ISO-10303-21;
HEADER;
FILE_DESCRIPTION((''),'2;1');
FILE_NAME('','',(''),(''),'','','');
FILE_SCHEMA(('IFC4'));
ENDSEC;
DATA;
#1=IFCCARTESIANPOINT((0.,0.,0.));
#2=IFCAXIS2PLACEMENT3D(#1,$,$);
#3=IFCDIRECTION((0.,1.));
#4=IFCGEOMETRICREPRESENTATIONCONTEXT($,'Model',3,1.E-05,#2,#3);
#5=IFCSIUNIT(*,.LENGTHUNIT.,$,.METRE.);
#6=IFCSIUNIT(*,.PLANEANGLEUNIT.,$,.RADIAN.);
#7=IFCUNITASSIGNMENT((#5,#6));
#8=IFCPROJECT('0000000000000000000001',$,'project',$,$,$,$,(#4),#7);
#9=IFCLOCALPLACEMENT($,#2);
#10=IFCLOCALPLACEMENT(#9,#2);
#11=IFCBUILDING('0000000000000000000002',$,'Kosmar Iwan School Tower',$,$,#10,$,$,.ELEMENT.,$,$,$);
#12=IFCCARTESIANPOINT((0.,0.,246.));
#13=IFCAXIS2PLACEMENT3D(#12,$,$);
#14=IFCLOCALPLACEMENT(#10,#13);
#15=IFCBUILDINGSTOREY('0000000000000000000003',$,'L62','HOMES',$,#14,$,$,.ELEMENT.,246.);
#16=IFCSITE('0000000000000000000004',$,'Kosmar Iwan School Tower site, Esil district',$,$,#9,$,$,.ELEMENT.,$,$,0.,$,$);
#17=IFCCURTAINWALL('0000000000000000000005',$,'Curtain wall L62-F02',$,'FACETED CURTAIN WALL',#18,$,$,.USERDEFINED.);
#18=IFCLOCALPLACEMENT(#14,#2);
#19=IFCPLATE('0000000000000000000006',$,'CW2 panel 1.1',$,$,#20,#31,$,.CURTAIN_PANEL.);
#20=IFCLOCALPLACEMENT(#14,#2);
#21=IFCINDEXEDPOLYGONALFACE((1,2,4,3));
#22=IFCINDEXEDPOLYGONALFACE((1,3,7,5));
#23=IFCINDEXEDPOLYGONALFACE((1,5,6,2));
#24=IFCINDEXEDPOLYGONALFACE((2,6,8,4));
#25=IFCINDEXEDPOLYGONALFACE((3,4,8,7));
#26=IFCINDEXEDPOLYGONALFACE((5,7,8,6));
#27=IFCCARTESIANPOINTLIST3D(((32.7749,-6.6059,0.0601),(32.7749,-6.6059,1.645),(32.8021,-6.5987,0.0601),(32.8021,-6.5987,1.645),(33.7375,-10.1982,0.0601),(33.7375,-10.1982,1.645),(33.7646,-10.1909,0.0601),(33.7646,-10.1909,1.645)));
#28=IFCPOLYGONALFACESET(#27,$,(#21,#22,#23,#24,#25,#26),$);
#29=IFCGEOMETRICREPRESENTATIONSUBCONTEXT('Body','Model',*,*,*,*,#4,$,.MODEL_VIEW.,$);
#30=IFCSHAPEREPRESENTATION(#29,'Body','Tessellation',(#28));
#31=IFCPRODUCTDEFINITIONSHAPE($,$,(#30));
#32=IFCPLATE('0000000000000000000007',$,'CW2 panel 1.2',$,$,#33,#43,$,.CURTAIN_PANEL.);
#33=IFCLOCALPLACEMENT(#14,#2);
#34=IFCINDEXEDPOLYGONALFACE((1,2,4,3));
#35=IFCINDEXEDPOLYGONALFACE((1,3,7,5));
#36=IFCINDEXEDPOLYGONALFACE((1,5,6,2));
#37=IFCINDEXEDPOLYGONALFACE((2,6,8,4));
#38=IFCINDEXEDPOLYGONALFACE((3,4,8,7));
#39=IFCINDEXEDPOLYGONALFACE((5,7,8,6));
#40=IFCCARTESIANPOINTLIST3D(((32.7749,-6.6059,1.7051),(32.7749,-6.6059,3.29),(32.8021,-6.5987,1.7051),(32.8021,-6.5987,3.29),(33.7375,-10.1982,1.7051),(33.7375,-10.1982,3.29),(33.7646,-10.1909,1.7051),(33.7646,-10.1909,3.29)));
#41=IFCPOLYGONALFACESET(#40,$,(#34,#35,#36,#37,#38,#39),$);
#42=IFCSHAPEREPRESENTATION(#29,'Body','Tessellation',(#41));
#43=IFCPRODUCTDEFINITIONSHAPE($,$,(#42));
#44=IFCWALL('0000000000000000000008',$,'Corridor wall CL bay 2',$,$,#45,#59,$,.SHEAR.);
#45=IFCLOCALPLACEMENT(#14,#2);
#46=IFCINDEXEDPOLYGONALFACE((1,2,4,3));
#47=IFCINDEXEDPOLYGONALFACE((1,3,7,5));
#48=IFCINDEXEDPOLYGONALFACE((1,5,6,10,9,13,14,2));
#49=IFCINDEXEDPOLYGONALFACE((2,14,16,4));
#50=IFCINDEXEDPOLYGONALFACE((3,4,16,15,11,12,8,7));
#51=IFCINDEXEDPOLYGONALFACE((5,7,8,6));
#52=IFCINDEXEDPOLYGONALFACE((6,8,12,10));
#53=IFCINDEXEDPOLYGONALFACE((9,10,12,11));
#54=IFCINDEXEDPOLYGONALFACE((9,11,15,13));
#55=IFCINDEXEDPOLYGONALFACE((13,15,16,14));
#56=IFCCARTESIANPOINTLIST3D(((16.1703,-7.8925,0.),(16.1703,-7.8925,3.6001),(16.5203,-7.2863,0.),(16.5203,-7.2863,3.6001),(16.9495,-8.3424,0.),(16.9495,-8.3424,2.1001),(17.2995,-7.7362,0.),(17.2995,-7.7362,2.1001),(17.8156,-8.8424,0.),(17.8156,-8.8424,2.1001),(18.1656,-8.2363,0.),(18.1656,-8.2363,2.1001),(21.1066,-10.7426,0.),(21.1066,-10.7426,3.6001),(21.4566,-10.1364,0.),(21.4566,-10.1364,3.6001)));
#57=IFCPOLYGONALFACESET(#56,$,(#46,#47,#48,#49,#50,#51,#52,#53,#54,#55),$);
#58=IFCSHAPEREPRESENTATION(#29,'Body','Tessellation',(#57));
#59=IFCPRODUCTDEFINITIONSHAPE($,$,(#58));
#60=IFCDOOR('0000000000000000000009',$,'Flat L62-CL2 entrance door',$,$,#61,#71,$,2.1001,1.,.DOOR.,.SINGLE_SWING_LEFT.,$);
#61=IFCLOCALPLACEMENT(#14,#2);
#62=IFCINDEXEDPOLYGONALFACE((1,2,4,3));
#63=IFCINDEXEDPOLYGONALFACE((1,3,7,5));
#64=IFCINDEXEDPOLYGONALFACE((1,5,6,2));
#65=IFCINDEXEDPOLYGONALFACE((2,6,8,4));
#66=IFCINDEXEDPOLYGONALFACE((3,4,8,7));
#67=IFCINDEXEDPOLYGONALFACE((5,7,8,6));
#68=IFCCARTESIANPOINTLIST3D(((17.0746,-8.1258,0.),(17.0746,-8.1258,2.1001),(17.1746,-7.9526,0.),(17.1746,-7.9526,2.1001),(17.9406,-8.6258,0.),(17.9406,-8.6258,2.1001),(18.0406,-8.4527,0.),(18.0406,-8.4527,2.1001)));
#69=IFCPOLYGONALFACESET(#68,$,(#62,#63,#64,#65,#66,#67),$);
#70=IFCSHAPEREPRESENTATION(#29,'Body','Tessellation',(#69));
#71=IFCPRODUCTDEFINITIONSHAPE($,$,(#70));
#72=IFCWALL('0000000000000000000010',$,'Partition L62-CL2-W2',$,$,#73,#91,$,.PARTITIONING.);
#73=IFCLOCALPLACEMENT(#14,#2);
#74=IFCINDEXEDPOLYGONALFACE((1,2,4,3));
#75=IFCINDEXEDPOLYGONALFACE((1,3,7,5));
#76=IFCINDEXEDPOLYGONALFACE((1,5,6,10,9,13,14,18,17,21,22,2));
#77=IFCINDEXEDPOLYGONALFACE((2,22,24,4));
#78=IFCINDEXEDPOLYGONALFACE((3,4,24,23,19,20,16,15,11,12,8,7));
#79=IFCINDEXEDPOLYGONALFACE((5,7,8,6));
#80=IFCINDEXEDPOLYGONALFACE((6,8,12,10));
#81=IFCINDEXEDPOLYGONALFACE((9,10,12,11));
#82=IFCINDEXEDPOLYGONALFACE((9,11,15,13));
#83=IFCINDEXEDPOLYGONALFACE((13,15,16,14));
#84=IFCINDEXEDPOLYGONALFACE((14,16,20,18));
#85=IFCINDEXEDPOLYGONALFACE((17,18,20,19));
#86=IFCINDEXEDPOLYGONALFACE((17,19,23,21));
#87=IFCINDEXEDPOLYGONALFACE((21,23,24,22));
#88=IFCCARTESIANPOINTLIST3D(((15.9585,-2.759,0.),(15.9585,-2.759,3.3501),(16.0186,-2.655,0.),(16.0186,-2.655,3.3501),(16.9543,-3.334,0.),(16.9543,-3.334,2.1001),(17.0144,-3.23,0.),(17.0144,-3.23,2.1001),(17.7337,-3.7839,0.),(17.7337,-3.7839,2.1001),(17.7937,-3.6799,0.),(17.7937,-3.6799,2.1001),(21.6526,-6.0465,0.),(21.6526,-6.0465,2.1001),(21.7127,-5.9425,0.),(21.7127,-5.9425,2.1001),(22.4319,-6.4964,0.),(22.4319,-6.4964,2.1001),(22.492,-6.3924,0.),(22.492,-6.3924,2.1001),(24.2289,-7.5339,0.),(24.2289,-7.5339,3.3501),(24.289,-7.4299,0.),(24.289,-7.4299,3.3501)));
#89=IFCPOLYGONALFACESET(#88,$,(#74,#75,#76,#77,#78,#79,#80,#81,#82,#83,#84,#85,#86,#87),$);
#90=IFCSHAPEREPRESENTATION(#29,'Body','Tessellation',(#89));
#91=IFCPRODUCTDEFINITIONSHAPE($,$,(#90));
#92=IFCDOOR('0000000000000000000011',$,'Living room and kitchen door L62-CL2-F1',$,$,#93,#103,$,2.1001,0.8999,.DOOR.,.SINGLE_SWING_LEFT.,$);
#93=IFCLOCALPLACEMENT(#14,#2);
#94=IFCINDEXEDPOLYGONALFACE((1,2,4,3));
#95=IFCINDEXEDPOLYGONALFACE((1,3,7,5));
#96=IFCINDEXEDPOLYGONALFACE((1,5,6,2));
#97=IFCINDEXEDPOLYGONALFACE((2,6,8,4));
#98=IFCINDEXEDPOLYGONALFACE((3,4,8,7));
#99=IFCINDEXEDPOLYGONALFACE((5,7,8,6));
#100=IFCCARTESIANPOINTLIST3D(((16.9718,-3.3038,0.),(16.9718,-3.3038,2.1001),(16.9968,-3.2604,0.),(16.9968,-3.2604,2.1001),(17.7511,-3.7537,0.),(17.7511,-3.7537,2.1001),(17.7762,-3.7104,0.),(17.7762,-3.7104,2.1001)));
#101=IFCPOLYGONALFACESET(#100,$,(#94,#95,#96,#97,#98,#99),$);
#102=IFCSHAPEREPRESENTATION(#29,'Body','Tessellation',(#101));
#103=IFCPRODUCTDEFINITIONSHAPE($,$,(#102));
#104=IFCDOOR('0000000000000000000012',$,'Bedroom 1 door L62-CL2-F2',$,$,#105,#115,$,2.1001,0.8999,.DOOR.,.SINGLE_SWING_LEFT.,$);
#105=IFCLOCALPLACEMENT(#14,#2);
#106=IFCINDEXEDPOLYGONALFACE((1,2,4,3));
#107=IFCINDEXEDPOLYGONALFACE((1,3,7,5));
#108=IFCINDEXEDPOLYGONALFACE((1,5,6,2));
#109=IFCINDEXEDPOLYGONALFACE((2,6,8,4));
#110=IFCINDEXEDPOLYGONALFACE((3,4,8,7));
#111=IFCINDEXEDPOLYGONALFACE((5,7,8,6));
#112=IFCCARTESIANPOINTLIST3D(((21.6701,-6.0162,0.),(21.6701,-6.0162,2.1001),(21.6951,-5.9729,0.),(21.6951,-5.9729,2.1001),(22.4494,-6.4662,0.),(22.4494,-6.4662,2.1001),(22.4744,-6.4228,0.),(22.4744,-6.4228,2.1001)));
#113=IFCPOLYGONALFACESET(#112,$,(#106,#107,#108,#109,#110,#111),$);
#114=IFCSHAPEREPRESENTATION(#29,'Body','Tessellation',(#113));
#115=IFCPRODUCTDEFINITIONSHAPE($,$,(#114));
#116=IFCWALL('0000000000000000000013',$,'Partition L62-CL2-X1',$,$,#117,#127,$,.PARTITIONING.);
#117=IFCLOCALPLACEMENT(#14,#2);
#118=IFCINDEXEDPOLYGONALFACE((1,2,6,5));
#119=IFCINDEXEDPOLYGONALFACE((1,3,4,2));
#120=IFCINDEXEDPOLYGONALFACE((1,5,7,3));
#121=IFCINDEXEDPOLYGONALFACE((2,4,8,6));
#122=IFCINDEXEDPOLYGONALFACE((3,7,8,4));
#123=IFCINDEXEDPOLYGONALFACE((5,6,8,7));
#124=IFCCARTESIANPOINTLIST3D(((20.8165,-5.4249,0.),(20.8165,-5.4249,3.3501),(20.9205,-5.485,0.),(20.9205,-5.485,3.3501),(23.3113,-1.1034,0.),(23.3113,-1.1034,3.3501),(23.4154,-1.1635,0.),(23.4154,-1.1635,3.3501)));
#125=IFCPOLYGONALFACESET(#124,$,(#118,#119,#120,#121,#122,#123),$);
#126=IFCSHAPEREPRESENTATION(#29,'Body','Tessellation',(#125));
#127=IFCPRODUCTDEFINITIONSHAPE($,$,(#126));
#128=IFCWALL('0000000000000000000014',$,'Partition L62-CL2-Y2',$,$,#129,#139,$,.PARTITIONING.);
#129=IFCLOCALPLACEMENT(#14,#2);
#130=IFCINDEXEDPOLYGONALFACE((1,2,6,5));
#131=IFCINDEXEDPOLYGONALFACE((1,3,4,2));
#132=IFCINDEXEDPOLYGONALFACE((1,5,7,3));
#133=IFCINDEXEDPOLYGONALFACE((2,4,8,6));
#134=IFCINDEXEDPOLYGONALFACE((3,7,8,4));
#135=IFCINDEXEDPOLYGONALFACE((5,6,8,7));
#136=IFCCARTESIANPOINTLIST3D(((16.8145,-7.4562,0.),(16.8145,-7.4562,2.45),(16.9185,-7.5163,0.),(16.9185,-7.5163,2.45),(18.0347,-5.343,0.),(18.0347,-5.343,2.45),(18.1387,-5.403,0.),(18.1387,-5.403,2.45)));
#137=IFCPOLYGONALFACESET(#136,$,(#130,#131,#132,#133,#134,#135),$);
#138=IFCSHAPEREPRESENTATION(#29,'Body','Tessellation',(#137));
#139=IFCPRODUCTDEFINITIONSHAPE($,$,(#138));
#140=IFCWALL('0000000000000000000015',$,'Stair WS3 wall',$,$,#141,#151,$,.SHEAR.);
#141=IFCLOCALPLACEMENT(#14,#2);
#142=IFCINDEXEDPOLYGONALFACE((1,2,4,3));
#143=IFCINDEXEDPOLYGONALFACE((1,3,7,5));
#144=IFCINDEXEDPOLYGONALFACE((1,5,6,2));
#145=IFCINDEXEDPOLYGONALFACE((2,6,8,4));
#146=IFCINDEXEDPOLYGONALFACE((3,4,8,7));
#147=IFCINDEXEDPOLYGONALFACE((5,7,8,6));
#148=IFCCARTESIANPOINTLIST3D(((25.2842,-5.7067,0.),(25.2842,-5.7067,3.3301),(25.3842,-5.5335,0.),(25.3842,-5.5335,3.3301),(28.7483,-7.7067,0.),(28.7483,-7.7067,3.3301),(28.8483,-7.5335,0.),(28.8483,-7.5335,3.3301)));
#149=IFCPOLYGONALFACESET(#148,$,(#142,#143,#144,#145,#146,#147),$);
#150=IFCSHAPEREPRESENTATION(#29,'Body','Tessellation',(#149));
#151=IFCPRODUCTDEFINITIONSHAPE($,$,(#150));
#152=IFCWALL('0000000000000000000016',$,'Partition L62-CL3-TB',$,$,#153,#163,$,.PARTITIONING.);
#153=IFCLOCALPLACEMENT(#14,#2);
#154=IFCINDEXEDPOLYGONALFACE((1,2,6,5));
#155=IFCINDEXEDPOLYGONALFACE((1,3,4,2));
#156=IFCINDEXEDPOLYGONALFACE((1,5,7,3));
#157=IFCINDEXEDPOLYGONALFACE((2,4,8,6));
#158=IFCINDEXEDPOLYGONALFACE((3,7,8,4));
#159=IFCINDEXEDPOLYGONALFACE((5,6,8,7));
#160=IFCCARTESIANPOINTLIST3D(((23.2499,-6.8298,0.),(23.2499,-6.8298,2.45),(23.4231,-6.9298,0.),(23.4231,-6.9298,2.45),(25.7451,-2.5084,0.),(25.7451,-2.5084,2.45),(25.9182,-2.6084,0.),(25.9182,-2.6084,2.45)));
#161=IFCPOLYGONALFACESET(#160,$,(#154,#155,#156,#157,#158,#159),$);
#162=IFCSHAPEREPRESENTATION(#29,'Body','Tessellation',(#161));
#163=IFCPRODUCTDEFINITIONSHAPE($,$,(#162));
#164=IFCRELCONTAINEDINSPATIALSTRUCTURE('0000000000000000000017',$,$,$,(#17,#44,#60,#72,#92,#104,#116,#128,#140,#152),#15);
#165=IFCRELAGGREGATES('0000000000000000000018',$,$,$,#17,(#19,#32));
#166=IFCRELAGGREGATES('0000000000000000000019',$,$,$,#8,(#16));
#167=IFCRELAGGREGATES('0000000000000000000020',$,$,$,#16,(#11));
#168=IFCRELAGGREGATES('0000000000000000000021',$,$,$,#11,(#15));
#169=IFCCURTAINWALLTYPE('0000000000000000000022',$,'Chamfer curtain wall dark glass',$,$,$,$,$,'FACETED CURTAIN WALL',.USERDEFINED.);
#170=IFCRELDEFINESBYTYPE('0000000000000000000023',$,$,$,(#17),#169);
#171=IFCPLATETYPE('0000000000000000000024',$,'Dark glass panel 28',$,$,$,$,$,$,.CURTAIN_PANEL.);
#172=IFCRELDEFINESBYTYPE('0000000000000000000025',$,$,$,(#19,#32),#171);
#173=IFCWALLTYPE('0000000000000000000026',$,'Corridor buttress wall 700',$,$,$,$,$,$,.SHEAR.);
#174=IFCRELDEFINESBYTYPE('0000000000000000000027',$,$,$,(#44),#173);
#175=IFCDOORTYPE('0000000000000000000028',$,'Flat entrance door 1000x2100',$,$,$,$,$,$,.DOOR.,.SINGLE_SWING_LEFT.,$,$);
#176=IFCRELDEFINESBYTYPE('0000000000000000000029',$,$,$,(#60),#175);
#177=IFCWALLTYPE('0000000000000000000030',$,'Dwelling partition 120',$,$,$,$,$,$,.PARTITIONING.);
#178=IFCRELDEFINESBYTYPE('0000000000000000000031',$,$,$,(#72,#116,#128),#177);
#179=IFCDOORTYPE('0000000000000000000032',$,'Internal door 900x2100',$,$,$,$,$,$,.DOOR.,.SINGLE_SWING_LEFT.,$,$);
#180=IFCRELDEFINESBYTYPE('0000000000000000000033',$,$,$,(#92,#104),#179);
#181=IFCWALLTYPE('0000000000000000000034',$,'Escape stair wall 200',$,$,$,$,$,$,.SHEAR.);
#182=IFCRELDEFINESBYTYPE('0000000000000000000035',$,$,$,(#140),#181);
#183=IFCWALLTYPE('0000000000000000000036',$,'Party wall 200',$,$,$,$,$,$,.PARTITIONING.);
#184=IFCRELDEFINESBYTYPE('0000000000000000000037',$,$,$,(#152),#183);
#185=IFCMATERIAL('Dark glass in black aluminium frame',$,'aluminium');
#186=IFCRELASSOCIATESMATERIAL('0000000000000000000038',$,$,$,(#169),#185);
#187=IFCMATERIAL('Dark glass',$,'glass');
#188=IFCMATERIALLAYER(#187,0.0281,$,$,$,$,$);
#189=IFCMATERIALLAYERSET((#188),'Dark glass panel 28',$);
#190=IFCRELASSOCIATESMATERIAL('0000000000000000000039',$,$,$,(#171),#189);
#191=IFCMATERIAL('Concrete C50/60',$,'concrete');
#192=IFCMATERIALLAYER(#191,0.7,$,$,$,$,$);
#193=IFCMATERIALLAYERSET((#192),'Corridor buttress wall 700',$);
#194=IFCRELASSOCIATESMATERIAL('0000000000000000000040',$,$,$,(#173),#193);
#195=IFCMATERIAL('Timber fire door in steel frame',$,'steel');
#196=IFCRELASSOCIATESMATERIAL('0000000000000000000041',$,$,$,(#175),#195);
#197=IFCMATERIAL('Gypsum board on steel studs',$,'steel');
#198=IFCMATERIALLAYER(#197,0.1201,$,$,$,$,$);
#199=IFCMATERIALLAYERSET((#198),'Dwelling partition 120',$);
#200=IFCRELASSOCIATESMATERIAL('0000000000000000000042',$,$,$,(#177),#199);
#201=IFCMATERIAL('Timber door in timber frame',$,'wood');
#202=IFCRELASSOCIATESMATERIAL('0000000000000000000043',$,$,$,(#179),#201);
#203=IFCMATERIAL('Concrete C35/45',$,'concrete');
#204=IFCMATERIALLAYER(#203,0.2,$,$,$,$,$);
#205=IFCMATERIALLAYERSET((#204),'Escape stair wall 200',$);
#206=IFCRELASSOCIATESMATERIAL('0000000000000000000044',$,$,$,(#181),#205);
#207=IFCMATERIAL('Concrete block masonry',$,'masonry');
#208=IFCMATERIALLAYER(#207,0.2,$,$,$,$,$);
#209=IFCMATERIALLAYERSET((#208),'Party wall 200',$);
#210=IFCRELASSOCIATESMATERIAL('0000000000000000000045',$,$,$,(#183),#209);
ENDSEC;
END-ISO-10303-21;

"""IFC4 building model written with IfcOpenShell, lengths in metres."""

from ifc_helpers import new_model, si_unit, direction, frame, frame_2d, origin, origin_2d, place, context, subcontext, project, spatial, rectangle, extrude, material, layer, layer_set, type_object, element, fill, aggregate, save


model = new_model("IFC4")

# Units and contexts
model_context = context("Model", 3, precision=1e-05, world=origin(), true_north=direction((0.0, 1.0)))
body_context = subcontext(model_context, "Body", "Model", "MODEL_VIEW")
ifc_project = project(units=[si_unit("LENGTHUNIT", "METRE"), si_unit("PLANEANGLEUNIT", "RADIAN")], contexts=[model_context])

# Site, building, storey
site_placement = place(None, origin())
site = spatial("IfcSite", under=ifc_project, at=site_placement, Name="Kosmar Iwan School Tower site, Esil district", CompositionType="ELEMENT", RefElevation=0.0)
building_placement = place(site_placement, origin())
building = spatial("IfcBuilding", under=site, at=building_placement, Name="Kosmar Iwan School Tower", CompositionType="ELEMENT")
storey_placement = place(building_placement, frame((0.0, 0.0, 246.0)))
storey = spatial("IfcBuildingStorey", under=building, at=storey_placement, Name="L62", Description="HOMES", CompositionType="ELEMENT", Elevation=246.0)

# Curtain wall
ifc_material_1 = material(Name="Dark glass in black aluminium frame", Category="aluminium")
curtain_wall_type = type_object("IfcCurtainWallType", Name="Chamfer curtain wall dark glass", ElementType="FACETED CURTAIN WALL", PredefinedType="USERDEFINED", material=ifc_material_1)
curtain_wall_placement = place(storey_placement, origin())
curtain_wall = element("IfcCurtainWall", 1, at=curtain_wall_placement, inside=storey, type_object=curtain_wall_type, Name="Curtain wall L62-F02", ObjectType="FACETED CURTAIN WALL", PredefinedType="USERDEFINED")

# Plates
ifc_material_2 = material(Name="Dark glass", Category="glass")
ifc_layer_1 = layer(ifc_material_2, 0.0281)
ifc_layer_set_1 = layer_set([ifc_layer_1], Name="Dark glass panel 28")
plate_type = type_object("IfcPlateType", Name="Dark glass panel 28", PredefinedType="CURTAIN_PANEL", material=ifc_layer_set_1)
plate_1_placement = place(storey_placement, frame((33.2698, -8.3984, 0.0601), z_axis=(0.0, 0.0, 1.0), x_axis=(-0.258819, 0.965926, 0.0)))
plate_1 = element("IfcPlate", 2, at=plate_1_placement, type_object=plate_type, Name="CW2 panel 1.1", PredefinedType="CURTAIN_PANEL", context=body_context, shape_type="SweptSolid", body=[
    extrude(rectangle(XDim=3.719, YDim=0.0281, at=origin_2d()), origin(), (0.0, 0.0, 1.0), 1.585),
])
plate_2_placement = place(storey_placement, frame((33.2698, -8.3984, 1.7051), z_axis=(0.0, 0.0, 1.0), x_axis=(-0.258819, 0.965926, 0.0)))
plate_2 = element("IfcPlate", 3, at=plate_2_placement, type_object=plate_type, Name="CW2 panel 1.2", PredefinedType="CURTAIN_PANEL", context=body_context, shape_type="SweptSolid", body=[
    extrude(rectangle(XDim=3.719, YDim=0.0281, at=origin_2d()), origin(), (0.0, 0.0, 1.0), 1.585),
])
aggregate(curtain_wall, [plate_1, plate_2])

# Wall, opening, door
ifc_material_3 = material(Name="Concrete C50/60", Category="concrete")
ifc_layer_2 = layer(ifc_material_3, 0.7)
ifc_layer_set_2 = layer_set([ifc_layer_2], Name="Corridor buttress wall 700")
wall_type_1 = type_object("IfcWallType", Name="Corridor buttress wall 700", PredefinedType="SHEAR", material=ifc_layer_set_2)
wall_1_placement = place(storey_placement, frame((16.3452, -7.5894, 0.0), z_axis=(0.0, 0.0, 1.0), x_axis=(0.866015, -0.500018, 0.0)))
wall_1 = element("IfcWall", 4, at=wall_1_placement, inside=storey, type_object=wall_type_1, Name="Corridor wall CL bay 2", PredefinedType="SHEAR", context=body_context, shape_type="SweptSolid", body=[
    extrude(rectangle(XDim=5.7, YDim=0.7, at=frame_2d((2.8501, 0.0))), origin(), (0.0, 0.0, 1.0), 3.6001),
])
opening_1_placement = place(wall_1_placement, frame((0.8999, 0.0, 0.0)))
opening_1 = element("IfcOpeningElement", 5, at=opening_1_placement, cuts=wall_1, PredefinedType="OPENING", context=body_context, shape_type="SweptSolid", body=[
    extrude(rectangle(XDim=1.0, YDim=2.1001, at=frame_2d((0.5, 1.05))), frame((0.0, 0.3621, 0.0), z_axis=(0.0, -1.0, 0.0), x_axis=(1.0, 0.0, 0.0)), (0.0, 0.0, 1.0), 0.7239),
])
ifc_material_4 = material(Name="Timber fire door in steel frame", Category="steel")
door_type_1 = type_object("IfcDoorType", Name="Flat entrance door 1000x2100", OperationType="SINGLE_SWING_LEFT", PredefinedType="DOOR", material=ifc_material_4)
door_1_placement = place(opening_1_placement, origin())
door_1 = element("IfcDoor", 6, at=door_1_placement, inside=storey, type_object=door_type_1, Name="Flat L62-CL2 entrance door", OperationType="SINGLE_SWING_LEFT", OverallHeight=2.1001, OverallWidth=1.0, PredefinedType="DOOR", context=body_context, shape_type="SweptSolid", body=[
    extrude(rectangle(XDim=1.0, YDim=2.1001, at=frame_2d((0.5, 1.05))), frame((0.0, 0.1001, 0.0), z_axis=(0.0, -1.0, 0.0), x_axis=(1.0, 0.0, 0.0)), (0.0, 0.0, 1.0), 0.2),
])
fill(opening_1, door_1)

# Wall, openings, doors
ifc_material_5 = material(Name="Gypsum board on steel studs", Category="steel")
ifc_layer_3 = layer(ifc_material_5, 0.1201)
ifc_layer_set_3 = layer_set([ifc_layer_3], Name="Dwelling partition 120")
wall_type_2 = type_object("IfcWallType", Name="Dwelling partition 120", PredefinedType="PARTITIONING", material=ifc_layer_set_3)
wall_2_placement = place(storey_placement, frame((15.9885, -2.707, 0.0), z_axis=(0.0, 0.0, 1.0), x_axis=(0.866029, -0.499994, 0.0)))
wall_2 = element("IfcWall", 7, at=wall_2_placement, inside=storey, type_object=wall_type_2, Name="Partition L62-CL2-W2", PredefinedType="PARTITIONING", context=body_context, shape_type="SweptSolid", body=[
    extrude(rectangle(XDim=9.5498, YDim=0.1201, at=frame_2d((4.7749, 0.0))), origin(), (0.0, 0.0, 1.0), 3.3501),
])
opening_2_placement = place(wall_2_placement, frame((1.1499, 0.0, 0.0)))
opening_2 = element("IfcOpeningElement", 8, at=opening_2_placement, cuts=wall_2, PredefinedType="OPENING", context=body_context, shape_type="SweptSolid", body=[
    extrude(rectangle(XDim=0.8999, YDim=2.1001, at=frame_2d((0.45, 1.05))), frame((0.0, 0.072, 0.0), z_axis=(0.0, -1.0, 0.0), x_axis=(1.0, 0.0, 0.0)), (0.0, 0.0, 1.0), 0.144),
])
opening_3_placement = place(wall_2_placement, frame((6.575, 0.0, 0.0)))
opening_3 = element("IfcOpeningElement", 9, at=opening_3_placement, cuts=wall_2, PredefinedType="OPENING", context=body_context, shape_type="SweptSolid", body=[
    extrude(rectangle(XDim=0.8999, YDim=2.1001, at=frame_2d((0.45, 1.05))), frame((0.0, 0.072, 0.0), z_axis=(0.0, -1.0, 0.0), x_axis=(1.0, 0.0, 0.0)), (0.0, 0.0, 1.0), 0.144),
])
ifc_material_6 = material(Name="Timber door in timber frame", Category="wood")
door_type_2 = type_object("IfcDoorType", Name="Internal door 900x2100", OperationType="SINGLE_SWING_LEFT", PredefinedType="DOOR", material=ifc_material_6)
door_2_placement = place(opening_2_placement, origin())
door_2 = element("IfcDoor", 10, at=door_2_placement, inside=storey, type_object=door_type_2, Name="Living room and kitchen door L62-CL2-F1", OperationType="SINGLE_SWING_LEFT", OverallHeight=2.1001, OverallWidth=0.8999, PredefinedType="DOOR", context=body_context, shape_type="SweptSolid", body=[
    extrude(rectangle(XDim=0.8999, YDim=2.1001, at=frame_2d((0.45, 1.05))), frame((0.0, 0.0249, 0.0), z_axis=(0.0, -1.0, 0.0), x_axis=(1.0, 0.0, 0.0)), (0.0, 0.0, 1.0), 0.05),
])
fill(opening_2, door_2)
door_3_placement = place(opening_3_placement, origin())
door_3 = element("IfcDoor", 11, at=door_3_placement, inside=storey, type_object=door_type_2, Name="Bedroom 1 door L62-CL2-F2", OperationType="SINGLE_SWING_LEFT", OverallHeight=2.1001, OverallWidth=0.8999, PredefinedType="DOOR", context=body_context, shape_type="SweptSolid", body=[
    extrude(rectangle(XDim=0.8999, YDim=2.1001, at=frame_2d((0.45, 1.05))), frame((0.0, 0.0249, 0.0), z_axis=(0.0, -1.0, 0.0), x_axis=(1.0, 0.0, 0.0)), (0.0, 0.0, 1.0), 0.05),
])
fill(opening_3, door_3)

# Walls
wall_3_placement = place(storey_placement, frame((20.8684, -5.4551, 0.0), z_axis=(0.0, 0.0, 1.0), x_axis=(0.499975, 0.86604, 0.0)))
element("IfcWall", 12, at=wall_3_placement, inside=storey, type_object=wall_type_2, Name="Partition L62-CL2-X1", PredefinedType="PARTITIONING", context=body_context, shape_type="SweptSolid", body=[
    extrude(rectangle(XDim=4.99, YDim=0.1201, at=frame_2d((2.4951, 0.0))), origin(), (0.0, 0.0, 1.0), 3.3501),
])
wall_4_placement = place(storey_placement, frame((16.8665, -7.4863, 0.0), z_axis=(0.0, 0.0, 1.0), x_axis=(0.500034, 0.866006, 0.0)))
element("IfcWall", 13, at=wall_4_placement, inside=storey, type_object=wall_type_2, Name="Partition L62-CL2-Y2", PredefinedType="PARTITIONING", context=body_context, shape_type="SweptSolid", body=[
    extrude(rectangle(XDim=2.4402, YDim=0.1201, at=frame_2d((1.2202, 0.0))), origin(), (0.0, 0.0, 1.0), 2.45),
])
ifc_material_7 = material(Name="Concrete C35/45", Category="concrete")
ifc_layer_4 = layer(ifc_material_7, 0.2)
ifc_layer_set_4 = layer_set([ifc_layer_4], Name="Escape stair wall 200")
wall_type_3 = type_object("IfcWallType", Name="Escape stair wall 200", PredefinedType="SHEAR", material=ifc_layer_set_4)
wall_5_placement = place(storey_placement, frame((25.3342, -5.6201, 0.0), z_axis=(0.0, 0.0, 1.0), x_axis=(0.866026, -0.499999, 0.0)))
element("IfcWall", 14, at=wall_5_placement, inside=storey, type_object=wall_type_3, Name="Stair WS3 wall", PredefinedType="SHEAR", context=body_context, shape_type="SweptSolid", body=[
    extrude(rectangle(XDim=4.0, YDim=0.2, at=frame_2d((2.0, 0.0))), origin(), (0.0, 0.0, 1.0), 3.3301),
])
ifc_material_8 = material(Name="Concrete block masonry", Category="masonry")
ifc_layer_5 = layer(ifc_material_8, 0.2)
ifc_layer_set_5 = layer_set([ifc_layer_5], Name="Party wall 200")
wall_type_4 = type_object("IfcWallType", Name="Party wall 200", PredefinedType="PARTITIONING", material=ifc_layer_set_5)
wall_6_placement = place(storey_placement, frame((23.3364, -6.8799, 0.0), z_axis=(0.0, 0.0, 1.0), x_axis=(0.500033, 0.866006, 0.0)))
element("IfcWall", 15, at=wall_6_placement, inside=storey, type_object=wall_type_4, Name="Partition L62-CL3-TB", PredefinedType="PARTITIONING", context=body_context, shape_type="SweptSolid", body=[
    extrude(rectangle(XDim=4.99, YDim=0.2, at=frame_2d((2.4951, 0.0))), origin(), (0.0, 0.0, 1.0), 2.45),
])

save(model, "model.ifc")
